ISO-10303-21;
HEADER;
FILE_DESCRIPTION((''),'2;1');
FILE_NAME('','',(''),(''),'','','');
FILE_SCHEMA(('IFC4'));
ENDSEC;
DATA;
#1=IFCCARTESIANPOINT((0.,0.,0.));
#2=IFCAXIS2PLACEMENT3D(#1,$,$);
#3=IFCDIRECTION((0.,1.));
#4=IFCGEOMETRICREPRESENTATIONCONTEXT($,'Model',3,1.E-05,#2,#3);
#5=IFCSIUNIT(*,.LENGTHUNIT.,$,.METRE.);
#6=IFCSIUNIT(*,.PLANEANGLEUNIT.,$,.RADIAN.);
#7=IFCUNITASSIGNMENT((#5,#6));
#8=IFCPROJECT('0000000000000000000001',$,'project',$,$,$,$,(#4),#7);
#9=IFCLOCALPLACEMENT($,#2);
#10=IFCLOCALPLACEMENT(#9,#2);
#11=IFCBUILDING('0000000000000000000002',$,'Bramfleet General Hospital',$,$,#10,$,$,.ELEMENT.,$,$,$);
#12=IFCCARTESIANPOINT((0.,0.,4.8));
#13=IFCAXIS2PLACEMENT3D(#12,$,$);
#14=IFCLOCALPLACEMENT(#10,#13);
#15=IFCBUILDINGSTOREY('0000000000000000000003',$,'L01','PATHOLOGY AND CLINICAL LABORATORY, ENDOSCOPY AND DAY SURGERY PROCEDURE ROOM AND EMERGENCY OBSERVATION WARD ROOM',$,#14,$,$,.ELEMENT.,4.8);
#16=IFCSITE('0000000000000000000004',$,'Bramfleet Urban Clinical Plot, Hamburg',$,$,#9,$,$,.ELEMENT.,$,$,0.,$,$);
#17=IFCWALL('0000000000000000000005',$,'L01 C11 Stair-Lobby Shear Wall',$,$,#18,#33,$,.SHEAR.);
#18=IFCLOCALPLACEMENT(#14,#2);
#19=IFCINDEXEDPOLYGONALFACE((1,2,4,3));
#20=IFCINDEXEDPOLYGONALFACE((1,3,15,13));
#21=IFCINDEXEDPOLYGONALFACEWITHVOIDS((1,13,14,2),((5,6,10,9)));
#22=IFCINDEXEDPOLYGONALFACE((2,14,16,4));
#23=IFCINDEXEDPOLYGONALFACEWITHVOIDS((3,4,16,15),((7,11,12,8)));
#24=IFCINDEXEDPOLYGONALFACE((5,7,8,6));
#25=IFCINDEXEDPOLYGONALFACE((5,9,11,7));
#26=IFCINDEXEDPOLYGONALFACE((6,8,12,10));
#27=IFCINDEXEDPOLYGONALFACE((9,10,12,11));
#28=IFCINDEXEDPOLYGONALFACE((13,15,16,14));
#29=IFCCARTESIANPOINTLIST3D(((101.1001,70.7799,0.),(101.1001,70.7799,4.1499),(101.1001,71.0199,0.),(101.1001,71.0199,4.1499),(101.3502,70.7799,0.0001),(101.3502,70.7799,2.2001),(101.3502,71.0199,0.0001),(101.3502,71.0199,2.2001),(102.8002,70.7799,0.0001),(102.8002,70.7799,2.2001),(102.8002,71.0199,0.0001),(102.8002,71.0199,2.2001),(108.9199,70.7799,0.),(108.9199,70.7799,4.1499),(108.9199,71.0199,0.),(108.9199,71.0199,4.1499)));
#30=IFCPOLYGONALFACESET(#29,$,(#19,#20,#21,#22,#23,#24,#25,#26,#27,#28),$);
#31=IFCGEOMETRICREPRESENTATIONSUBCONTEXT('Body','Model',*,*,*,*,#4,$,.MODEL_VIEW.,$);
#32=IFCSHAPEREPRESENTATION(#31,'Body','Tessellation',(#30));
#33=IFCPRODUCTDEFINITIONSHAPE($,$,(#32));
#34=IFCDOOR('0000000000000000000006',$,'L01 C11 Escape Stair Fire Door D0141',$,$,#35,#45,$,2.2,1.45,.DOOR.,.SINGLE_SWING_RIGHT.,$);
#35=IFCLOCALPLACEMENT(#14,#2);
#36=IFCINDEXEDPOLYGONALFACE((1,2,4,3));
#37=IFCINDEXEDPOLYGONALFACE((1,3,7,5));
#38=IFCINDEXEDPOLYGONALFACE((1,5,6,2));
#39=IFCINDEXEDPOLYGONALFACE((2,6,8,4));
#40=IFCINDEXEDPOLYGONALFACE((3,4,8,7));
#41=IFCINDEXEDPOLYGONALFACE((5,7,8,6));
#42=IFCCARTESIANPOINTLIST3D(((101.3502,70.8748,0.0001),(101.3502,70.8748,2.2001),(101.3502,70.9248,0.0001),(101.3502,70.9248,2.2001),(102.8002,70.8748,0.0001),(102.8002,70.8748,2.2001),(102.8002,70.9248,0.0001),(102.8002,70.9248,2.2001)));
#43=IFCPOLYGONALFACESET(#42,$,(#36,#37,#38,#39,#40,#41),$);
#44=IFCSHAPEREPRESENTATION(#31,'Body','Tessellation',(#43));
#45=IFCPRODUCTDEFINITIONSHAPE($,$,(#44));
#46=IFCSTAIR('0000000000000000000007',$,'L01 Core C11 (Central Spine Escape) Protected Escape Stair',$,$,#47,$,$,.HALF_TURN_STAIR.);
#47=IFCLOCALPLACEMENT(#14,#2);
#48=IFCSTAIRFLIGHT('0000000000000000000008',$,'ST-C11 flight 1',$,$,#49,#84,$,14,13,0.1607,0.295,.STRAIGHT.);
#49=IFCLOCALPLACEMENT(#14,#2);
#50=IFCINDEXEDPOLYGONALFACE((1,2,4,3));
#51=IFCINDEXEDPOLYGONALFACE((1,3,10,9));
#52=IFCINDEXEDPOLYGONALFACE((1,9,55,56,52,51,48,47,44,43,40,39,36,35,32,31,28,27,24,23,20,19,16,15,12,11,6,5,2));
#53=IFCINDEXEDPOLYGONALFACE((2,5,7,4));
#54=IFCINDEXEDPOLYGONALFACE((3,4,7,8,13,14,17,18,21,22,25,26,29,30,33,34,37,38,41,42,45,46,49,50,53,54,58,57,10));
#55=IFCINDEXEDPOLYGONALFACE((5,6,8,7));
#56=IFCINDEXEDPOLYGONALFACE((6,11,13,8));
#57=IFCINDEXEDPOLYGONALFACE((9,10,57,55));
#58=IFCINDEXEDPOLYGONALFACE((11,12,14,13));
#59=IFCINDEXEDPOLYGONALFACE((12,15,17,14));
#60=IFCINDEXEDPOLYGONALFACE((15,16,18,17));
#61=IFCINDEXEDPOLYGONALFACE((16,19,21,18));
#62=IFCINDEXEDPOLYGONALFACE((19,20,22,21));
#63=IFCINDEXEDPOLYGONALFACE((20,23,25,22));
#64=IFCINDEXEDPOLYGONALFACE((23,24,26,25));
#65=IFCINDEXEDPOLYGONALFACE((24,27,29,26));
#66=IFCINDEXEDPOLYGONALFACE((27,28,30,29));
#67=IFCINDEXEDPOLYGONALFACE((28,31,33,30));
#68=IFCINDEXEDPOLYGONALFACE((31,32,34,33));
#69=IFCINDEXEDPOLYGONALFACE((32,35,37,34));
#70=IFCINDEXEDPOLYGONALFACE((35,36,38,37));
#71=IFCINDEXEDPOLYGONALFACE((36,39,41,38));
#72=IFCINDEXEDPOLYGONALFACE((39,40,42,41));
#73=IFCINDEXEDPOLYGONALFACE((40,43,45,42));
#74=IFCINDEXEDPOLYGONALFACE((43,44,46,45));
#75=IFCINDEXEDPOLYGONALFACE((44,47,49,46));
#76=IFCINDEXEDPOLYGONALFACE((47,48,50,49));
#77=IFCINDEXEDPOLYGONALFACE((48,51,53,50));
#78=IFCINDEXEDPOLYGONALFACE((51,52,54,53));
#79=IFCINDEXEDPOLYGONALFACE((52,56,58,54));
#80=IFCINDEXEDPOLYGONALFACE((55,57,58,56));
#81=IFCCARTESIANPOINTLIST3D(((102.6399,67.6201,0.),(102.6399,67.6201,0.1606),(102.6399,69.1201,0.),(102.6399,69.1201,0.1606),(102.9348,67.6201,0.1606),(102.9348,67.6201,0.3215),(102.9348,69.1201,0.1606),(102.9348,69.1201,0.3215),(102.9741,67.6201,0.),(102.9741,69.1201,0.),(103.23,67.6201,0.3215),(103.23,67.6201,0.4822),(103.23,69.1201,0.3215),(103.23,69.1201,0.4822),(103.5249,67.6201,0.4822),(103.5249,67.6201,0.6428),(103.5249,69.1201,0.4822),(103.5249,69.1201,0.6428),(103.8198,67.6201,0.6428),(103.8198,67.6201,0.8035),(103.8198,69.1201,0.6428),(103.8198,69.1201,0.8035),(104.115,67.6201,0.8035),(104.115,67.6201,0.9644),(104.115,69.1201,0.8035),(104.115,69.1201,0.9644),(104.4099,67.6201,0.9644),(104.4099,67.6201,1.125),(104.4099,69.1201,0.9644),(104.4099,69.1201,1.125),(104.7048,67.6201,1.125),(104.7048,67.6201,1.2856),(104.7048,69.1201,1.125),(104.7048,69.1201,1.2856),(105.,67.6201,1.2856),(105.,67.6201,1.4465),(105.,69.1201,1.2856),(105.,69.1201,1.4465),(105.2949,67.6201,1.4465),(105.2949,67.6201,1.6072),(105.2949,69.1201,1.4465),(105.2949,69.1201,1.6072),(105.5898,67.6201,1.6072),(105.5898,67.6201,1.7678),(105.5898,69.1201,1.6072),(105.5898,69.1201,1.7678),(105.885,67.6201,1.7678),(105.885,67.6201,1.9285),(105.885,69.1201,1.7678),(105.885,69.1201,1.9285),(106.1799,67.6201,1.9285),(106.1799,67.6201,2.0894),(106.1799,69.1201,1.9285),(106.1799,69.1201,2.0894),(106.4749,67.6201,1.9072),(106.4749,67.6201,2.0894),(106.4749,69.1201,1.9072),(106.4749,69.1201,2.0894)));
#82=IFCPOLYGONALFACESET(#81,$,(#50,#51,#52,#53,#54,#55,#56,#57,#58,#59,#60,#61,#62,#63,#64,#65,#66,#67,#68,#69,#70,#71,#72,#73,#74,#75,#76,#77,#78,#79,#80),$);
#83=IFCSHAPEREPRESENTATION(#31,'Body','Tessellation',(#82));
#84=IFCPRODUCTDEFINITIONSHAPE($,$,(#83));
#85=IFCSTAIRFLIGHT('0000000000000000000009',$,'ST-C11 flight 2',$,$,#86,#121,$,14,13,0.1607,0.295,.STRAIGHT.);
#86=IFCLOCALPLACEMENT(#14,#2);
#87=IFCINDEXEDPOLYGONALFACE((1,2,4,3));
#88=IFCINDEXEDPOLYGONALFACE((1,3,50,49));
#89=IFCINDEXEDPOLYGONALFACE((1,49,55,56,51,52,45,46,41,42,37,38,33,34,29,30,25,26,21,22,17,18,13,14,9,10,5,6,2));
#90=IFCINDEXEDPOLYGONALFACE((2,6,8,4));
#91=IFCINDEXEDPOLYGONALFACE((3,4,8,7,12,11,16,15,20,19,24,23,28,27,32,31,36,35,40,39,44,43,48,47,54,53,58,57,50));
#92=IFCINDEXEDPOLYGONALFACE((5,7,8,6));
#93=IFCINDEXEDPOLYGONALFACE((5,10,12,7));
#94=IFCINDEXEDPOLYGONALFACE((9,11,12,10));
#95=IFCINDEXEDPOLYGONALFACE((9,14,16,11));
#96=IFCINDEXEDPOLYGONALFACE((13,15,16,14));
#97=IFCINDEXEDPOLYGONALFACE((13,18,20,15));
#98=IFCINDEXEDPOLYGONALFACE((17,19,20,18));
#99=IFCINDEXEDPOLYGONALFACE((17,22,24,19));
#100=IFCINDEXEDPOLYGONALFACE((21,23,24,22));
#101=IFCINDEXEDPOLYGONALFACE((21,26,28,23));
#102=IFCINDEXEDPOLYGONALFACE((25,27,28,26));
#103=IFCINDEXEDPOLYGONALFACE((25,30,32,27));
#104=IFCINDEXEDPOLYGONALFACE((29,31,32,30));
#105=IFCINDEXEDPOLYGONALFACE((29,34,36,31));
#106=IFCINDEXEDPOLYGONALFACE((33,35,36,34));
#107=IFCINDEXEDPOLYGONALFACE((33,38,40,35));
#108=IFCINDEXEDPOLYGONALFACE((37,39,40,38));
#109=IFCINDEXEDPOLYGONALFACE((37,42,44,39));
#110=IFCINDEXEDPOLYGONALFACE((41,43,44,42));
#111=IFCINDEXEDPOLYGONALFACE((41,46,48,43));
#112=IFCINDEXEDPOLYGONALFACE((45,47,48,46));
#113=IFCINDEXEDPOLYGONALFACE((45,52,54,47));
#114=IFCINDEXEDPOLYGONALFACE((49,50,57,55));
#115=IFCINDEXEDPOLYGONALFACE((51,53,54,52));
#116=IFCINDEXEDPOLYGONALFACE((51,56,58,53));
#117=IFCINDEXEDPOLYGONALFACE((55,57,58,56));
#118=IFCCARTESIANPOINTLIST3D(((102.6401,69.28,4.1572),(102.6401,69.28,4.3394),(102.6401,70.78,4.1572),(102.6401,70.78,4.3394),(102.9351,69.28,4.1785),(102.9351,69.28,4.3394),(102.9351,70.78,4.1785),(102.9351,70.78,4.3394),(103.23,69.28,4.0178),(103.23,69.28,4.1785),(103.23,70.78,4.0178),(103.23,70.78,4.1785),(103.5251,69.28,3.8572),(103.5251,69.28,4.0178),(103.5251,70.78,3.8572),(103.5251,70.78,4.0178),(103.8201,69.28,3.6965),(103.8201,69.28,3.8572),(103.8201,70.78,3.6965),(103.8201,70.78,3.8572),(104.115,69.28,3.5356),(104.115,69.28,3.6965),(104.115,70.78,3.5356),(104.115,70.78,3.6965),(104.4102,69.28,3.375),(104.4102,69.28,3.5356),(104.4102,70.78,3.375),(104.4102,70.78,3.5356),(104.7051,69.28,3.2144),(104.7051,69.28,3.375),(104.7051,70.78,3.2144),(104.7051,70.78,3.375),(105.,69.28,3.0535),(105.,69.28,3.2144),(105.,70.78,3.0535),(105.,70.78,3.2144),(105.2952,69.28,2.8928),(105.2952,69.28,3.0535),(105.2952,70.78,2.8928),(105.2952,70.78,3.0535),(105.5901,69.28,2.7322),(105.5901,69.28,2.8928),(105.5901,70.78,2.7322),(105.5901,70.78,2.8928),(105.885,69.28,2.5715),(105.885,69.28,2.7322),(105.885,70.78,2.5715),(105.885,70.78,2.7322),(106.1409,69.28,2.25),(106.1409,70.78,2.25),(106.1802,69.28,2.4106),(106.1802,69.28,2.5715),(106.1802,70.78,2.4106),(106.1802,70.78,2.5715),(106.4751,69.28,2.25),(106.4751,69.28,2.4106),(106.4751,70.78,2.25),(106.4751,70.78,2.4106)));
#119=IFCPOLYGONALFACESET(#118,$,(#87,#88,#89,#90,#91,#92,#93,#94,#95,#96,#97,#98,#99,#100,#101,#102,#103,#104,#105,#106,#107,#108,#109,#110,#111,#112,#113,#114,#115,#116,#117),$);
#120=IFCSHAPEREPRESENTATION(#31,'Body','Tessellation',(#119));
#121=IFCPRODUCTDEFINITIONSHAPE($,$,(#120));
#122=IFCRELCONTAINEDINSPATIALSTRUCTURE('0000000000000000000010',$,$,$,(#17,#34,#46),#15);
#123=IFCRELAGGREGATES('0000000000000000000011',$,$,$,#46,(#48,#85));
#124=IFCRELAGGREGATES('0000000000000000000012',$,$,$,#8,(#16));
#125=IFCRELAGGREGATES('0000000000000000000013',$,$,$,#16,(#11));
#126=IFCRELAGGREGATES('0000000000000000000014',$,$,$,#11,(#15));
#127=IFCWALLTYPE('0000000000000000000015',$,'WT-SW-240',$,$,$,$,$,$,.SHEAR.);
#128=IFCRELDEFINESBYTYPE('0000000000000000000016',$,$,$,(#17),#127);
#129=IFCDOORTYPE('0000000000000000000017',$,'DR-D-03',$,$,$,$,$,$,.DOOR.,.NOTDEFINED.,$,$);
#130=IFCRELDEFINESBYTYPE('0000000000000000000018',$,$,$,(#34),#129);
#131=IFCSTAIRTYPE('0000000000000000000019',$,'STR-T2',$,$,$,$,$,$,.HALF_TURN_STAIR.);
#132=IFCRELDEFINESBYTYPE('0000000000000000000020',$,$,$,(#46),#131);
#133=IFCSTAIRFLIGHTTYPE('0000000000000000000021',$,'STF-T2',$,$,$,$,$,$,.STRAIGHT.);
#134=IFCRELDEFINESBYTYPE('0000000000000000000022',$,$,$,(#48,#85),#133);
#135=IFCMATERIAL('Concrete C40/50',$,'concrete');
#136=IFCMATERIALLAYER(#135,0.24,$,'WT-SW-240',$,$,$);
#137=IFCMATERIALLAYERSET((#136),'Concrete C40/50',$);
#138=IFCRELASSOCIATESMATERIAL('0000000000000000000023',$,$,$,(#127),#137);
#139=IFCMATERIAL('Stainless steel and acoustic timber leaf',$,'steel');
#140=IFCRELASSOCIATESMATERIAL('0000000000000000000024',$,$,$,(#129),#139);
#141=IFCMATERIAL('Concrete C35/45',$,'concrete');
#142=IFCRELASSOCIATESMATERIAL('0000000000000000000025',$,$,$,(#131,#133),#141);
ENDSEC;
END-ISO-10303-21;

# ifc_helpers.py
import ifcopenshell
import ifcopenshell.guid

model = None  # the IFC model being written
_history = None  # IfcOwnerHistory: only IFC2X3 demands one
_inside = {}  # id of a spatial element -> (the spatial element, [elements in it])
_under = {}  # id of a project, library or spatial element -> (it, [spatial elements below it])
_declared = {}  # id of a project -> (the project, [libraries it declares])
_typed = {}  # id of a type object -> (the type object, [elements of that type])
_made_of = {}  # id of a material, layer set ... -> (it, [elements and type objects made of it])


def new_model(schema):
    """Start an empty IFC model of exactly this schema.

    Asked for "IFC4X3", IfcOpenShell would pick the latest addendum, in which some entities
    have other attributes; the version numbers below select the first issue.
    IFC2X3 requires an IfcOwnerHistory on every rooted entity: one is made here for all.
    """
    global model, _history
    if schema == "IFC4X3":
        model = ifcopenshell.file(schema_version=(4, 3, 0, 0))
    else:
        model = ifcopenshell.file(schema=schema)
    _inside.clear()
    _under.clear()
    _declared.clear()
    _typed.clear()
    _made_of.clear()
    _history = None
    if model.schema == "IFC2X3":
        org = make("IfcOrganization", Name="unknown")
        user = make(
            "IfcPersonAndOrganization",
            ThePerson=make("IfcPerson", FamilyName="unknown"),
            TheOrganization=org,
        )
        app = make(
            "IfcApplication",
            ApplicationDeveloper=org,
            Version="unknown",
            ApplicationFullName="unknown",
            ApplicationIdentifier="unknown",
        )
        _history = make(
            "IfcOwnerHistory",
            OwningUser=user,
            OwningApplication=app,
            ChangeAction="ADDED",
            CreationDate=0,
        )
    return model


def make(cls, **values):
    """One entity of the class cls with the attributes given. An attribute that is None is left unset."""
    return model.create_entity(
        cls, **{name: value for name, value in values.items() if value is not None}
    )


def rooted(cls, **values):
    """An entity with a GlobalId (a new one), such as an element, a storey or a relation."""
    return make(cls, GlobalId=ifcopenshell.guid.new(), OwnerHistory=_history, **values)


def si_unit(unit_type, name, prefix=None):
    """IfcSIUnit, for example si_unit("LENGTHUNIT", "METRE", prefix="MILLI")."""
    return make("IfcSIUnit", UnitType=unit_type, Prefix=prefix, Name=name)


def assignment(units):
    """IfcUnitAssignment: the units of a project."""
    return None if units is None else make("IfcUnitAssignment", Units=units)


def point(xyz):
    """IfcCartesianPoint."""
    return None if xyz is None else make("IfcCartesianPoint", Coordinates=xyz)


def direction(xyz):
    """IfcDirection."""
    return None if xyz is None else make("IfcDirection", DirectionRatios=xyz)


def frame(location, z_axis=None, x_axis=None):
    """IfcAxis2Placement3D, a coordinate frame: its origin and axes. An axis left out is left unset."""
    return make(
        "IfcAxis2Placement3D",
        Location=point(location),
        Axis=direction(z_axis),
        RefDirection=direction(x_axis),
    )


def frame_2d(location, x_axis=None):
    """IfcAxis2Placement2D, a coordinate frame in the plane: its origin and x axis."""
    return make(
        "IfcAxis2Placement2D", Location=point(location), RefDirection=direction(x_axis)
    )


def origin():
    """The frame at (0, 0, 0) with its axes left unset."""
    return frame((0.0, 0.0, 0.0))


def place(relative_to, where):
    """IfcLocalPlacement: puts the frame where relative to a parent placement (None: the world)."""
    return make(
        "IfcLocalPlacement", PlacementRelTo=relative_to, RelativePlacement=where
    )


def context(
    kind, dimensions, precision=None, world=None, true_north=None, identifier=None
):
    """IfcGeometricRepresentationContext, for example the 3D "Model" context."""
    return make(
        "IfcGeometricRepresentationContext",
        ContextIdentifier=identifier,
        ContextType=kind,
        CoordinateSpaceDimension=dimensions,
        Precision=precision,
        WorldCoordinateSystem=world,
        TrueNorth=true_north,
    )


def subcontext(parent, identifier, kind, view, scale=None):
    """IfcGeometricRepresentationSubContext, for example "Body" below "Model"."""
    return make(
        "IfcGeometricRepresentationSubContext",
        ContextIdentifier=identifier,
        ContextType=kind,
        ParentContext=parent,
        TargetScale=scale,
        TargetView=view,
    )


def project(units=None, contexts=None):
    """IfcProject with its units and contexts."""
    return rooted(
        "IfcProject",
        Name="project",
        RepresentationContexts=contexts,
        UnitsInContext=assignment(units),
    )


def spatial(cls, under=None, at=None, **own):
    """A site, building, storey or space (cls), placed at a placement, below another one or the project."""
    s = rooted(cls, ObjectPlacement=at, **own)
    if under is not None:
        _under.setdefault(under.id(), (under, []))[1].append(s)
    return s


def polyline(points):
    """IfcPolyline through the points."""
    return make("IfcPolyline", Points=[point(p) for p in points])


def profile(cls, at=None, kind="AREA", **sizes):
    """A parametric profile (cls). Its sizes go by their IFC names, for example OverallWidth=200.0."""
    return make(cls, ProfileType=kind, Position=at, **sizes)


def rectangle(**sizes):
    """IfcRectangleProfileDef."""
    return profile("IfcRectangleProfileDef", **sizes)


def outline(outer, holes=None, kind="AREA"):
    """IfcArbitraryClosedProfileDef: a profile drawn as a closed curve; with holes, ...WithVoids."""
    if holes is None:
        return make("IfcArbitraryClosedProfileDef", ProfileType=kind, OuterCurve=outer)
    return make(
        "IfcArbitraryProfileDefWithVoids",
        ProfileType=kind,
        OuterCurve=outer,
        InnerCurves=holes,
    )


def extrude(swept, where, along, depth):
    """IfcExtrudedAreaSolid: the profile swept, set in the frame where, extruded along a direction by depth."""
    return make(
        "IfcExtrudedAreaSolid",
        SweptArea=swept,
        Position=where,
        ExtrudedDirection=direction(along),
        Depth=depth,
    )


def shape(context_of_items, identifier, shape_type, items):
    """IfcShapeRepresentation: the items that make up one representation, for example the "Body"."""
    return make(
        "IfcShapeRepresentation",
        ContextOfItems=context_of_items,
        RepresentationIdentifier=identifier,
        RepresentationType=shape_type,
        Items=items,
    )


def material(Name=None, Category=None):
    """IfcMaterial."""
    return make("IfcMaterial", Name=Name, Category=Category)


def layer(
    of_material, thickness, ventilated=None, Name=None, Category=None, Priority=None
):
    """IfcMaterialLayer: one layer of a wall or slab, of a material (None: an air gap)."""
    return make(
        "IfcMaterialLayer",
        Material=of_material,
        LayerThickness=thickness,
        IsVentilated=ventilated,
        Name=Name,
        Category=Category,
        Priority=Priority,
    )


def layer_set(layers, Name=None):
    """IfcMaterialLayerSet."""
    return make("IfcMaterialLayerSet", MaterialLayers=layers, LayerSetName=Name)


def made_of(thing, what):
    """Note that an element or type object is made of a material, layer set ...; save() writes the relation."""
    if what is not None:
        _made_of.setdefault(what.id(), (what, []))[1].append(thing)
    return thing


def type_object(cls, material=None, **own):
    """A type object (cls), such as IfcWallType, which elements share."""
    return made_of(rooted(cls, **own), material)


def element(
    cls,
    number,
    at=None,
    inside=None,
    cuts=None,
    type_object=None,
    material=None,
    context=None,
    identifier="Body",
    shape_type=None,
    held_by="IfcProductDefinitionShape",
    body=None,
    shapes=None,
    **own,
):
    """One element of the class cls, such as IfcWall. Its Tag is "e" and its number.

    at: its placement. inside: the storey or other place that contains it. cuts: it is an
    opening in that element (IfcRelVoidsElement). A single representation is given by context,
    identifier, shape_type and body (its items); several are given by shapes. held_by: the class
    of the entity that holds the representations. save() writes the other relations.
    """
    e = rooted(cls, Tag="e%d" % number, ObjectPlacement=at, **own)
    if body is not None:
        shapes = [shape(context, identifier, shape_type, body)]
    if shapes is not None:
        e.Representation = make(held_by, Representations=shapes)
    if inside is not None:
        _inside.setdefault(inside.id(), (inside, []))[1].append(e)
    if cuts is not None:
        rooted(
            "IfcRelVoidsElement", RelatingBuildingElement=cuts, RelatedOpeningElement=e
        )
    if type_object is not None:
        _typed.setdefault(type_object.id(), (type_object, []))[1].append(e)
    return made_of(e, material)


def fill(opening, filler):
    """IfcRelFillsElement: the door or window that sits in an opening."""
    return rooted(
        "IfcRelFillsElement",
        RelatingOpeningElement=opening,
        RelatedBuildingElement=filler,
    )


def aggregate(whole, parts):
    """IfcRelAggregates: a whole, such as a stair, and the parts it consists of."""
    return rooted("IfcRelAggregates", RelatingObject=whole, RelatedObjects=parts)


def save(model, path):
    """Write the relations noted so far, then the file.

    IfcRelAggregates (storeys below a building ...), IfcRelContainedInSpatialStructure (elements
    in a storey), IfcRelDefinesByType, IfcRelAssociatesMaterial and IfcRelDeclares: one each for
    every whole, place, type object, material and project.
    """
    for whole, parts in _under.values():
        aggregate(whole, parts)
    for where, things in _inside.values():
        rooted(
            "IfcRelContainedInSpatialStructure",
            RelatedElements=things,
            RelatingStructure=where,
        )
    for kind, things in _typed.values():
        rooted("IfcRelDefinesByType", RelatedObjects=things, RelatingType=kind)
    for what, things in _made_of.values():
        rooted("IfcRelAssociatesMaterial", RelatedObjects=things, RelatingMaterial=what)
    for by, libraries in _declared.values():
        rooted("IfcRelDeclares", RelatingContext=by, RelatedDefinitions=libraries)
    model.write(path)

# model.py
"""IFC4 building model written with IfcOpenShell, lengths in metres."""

from ifc_helpers import new_model, si_unit, direction, frame, frame_2d, origin, place, context, subcontext, project, spatial, polyline, rectangle, outline, extrude, material, layer, layer_set, type_object, element, fill, aggregate, save


model = new_model("IFC4")

# Units and contexts
model_context = context("Model", 3, precision=1e-05, world=origin(), true_north=direction((0.0, 1.0)))
body_context = subcontext(model_context, "Body", "Model", "MODEL_VIEW")
ifc_project = project(units=[si_unit("LENGTHUNIT", "METRE"), si_unit("PLANEANGLEUNIT", "RADIAN")], contexts=[model_context])

# Site, building, storey
site_placement = place(None, origin())
site = spatial("IfcSite", under=ifc_project, at=site_placement, Name="Bramfleet Urban Clinical Plot, Hamburg", CompositionType="ELEMENT", RefElevation=0.0)
building_placement = place(site_placement, origin())
building = spatial("IfcBuilding", under=site, at=building_placement, Name="Bramfleet General Hospital", CompositionType="ELEMENT")
storey_placement = place(building_placement, frame((0.0, 0.0, 4.8)))
storey = spatial("IfcBuildingStorey", under=building, at=storey_placement, Name="L01", Description="PATHOLOGY AND CLINICAL LABORATORY, ENDOSCOPY AND DAY SURGERY PROCEDURE ROOM AND EMERGENCY OBSERVATION WARD ROOM", CompositionType="ELEMENT", Elevation=4.8)

# Shared definitions
ifc_material_1 = material(Name="Concrete C40/50", Category="concrete")

# Shared definitions
ifc_material_2 = material(Name="Concrete C35/45", Category="concrete")

# Shared definitions
ifc_material_3 = material(Name="Stainless steel and acoustic timber leaf", Category="steel")

# Shared definitions
ifc_layer_1 = layer(ifc_material_1, 0.24, Name="WT-SW-240")
ifc_layer_set_1 = layer_set([ifc_layer_1], Name="Concrete C40/50")
wall_type_1 = type_object("IfcWallType", Name="WT-SW-240", PredefinedType="SHEAR", material=ifc_layer_set_1)

# Wall, opening, door
wall_1_placement = place(storey_placement, frame((101.1001, 70.8999, 0.0), z_axis=(0.0, 0.0, 1.0), x_axis=(1.0, 0.0, 0.0)))
wall_1 = element("IfcWall", 1, at=wall_1_placement, inside=storey, type_object=wall_type_1, Name="L01 C11 Stair-Lobby Shear Wall", PredefinedType="SHEAR", context=body_context, shape_type="SweptSolid", body=[
    extrude(rectangle(XDim=7.8198, YDim=0.24, at=frame_2d((3.9099, 0.0))), origin(), (0.0, 0.0, 1.0), 4.1499),
])
opening_1_placement = place(wall_1_placement, frame((0.25, 0.0, 0.0)))
opening_1 = element("IfcOpeningElement", 2, at=opening_1_placement, cuts=wall_1, PredefinedType="OPENING", context=body_context, shape_type="SweptSolid", body=[
    extrude(rectangle(XDim=1.45, YDim=2.2, at=frame_2d((0.7251, 1.1001))), frame((0.0, 0.1299, 0.0), z_axis=(0.0, -1.0, 0.0), x_axis=(1.0, 0.0, 0.0)), (0.0, 0.0, 1.0), 0.26),
])
door_type_1 = type_object("IfcDoorType", Name="DR-D-03", OperationType="NOTDEFINED", PredefinedType="DOOR", material=ifc_material_3)
door_1_placement = place(opening_1_placement, origin())
door_1 = element("IfcDoor", 3, at=door_1_placement, inside=storey, type_object=door_type_1, Name="L01 C11 Escape Stair Fire Door D0141", OperationType="SINGLE_SWING_RIGHT", OverallHeight=2.2, OverallWidth=1.45, PredefinedType="DOOR", context=body_context, shape_type="SweptSolid", body=[
    extrude(rectangle(XDim=1.45, YDim=2.2, at=frame_2d((0.7251, 1.1001))), frame((0.0, 0.0249, 0.0), z_axis=(0.0, -1.0, 0.0), x_axis=(1.0, 0.0, 0.0)), (0.0, 0.0, 1.0), 0.05),
])
fill(opening_1, door_1)

# Stair, stair flights
stair_type = type_object("IfcStairType", Name="STR-T2", PredefinedType="HALF_TURN_STAIR", material=ifc_material_2)
stair_placement = place(storey_placement, origin())
stair = element("IfcStair", 4, at=stair_placement, inside=storey, type_object=stair_type, Name="L01 Core C11 (Central Spine Escape) Protected Escape Stair", PredefinedType="HALF_TURN_STAIR")
stair_flight_type = type_object("IfcStairFlightType", Name="STF-T2", PredefinedType="STRAIGHT", material=ifc_material_2)
stair_flight_1_placement = place(storey_placement, frame((102.6399, 68.3701, 0.0), z_axis=(0.0, 0.0, 1.0), x_axis=(1.0, 0.0, 0.0)))
stair_flight_1 = element("IfcStairFlight", 5, at=stair_flight_1_placement, type_object=stair_flight_type, Name="ST-C11 flight 1", NumberOfRisers=14, NumberOfTreads=13, PredefinedType="STRAIGHT", RiserHeight=0.1607, TreadLength=0.295, context=body_context, shape_type="SweptSolid", body=[
    extrude(outline(polyline([(0.0, 0.0), (0.0, 0.1606), (0.2949, 0.1606), (0.2949, 0.3215), (0.5901, 0.3215), (0.5901, 0.4822), (0.885, 0.4822), (0.885, 0.6428), (1.1799, 0.6428), (1.1799, 0.8035), (1.4751, 0.8035), (1.4751, 0.9644), (1.77, 0.9644), (1.77, 1.125), (2.0649, 1.125), (2.0649, 1.2856), (2.3601, 1.2856), (2.3601, 1.4465), (2.655, 1.4465), (2.655, 1.6072), (2.95, 1.6072), (2.95, 1.7678), (3.2451, 1.7678), (3.2451, 1.9285), (3.54, 1.9285), (3.54, 2.0894), (3.835, 2.0894), (3.835, 2.25), (3.835, 1.9072), (0.3342, 0.0), (0.0, 0.0)])), frame((0.0, 0.75, 0.0), z_axis=(0.0, -1.0, 0.0), x_axis=(1.0, 0.0, 0.0)), (0.0, 0.0, 1.0), 1.5),
])
stair_flight_2_placement = place(storey_placement, frame((106.4751, 70.03, 2.25), z_axis=(0.0, 0.0, 1.0), x_axis=(-1.0, 0.0, 0.0)))
stair_flight_2 = element("IfcStairFlight", 6, at=stair_flight_2_placement, type_object=stair_flight_type, Name="ST-C11 flight 2", NumberOfRisers=14, NumberOfTreads=13, PredefinedType="STRAIGHT", RiserHeight=0.1607, TreadLength=0.295, context=body_context, shape_type="SweptSolid", body=[
    extrude(outline(polyline([(0.0, 0.0), (0.0, 0.1606), (0.2949, 0.1606), (0.2949, 0.3215), (0.5901, 0.3215), (0.5901, 0.4822), (0.885, 0.4822), (0.885, 0.6428), (1.1799, 0.6428), (1.1799, 0.8035), (1.4751, 0.8035), (1.4751, 0.9644), (1.77, 0.9644), (1.77, 1.125), (2.0649, 1.125), (2.0649, 1.2856), (2.3601, 1.2856), (2.3601, 1.4465), (2.655, 1.4465), (2.655, 1.6072), (2.95, 1.6072), (2.95, 1.7678), (3.2451, 1.7678), (3.2451, 1.9285), (3.54, 1.9285), (3.54, 2.0894), (3.835, 2.0894), (3.835, 2.25), (3.835, 1.9072), (0.3342, 0.0), (0.0, 0.0)])), frame((0.0, 0.75, 0.0), z_axis=(0.0, -1.0, 0.0), x_axis=(1.0, 0.0, 0.0)), (0.0, 0.0, 1.0), 1.5),
])
aggregate(stair, [stair_flight_1, stair_flight_2])

save(model, "model.ifc")
